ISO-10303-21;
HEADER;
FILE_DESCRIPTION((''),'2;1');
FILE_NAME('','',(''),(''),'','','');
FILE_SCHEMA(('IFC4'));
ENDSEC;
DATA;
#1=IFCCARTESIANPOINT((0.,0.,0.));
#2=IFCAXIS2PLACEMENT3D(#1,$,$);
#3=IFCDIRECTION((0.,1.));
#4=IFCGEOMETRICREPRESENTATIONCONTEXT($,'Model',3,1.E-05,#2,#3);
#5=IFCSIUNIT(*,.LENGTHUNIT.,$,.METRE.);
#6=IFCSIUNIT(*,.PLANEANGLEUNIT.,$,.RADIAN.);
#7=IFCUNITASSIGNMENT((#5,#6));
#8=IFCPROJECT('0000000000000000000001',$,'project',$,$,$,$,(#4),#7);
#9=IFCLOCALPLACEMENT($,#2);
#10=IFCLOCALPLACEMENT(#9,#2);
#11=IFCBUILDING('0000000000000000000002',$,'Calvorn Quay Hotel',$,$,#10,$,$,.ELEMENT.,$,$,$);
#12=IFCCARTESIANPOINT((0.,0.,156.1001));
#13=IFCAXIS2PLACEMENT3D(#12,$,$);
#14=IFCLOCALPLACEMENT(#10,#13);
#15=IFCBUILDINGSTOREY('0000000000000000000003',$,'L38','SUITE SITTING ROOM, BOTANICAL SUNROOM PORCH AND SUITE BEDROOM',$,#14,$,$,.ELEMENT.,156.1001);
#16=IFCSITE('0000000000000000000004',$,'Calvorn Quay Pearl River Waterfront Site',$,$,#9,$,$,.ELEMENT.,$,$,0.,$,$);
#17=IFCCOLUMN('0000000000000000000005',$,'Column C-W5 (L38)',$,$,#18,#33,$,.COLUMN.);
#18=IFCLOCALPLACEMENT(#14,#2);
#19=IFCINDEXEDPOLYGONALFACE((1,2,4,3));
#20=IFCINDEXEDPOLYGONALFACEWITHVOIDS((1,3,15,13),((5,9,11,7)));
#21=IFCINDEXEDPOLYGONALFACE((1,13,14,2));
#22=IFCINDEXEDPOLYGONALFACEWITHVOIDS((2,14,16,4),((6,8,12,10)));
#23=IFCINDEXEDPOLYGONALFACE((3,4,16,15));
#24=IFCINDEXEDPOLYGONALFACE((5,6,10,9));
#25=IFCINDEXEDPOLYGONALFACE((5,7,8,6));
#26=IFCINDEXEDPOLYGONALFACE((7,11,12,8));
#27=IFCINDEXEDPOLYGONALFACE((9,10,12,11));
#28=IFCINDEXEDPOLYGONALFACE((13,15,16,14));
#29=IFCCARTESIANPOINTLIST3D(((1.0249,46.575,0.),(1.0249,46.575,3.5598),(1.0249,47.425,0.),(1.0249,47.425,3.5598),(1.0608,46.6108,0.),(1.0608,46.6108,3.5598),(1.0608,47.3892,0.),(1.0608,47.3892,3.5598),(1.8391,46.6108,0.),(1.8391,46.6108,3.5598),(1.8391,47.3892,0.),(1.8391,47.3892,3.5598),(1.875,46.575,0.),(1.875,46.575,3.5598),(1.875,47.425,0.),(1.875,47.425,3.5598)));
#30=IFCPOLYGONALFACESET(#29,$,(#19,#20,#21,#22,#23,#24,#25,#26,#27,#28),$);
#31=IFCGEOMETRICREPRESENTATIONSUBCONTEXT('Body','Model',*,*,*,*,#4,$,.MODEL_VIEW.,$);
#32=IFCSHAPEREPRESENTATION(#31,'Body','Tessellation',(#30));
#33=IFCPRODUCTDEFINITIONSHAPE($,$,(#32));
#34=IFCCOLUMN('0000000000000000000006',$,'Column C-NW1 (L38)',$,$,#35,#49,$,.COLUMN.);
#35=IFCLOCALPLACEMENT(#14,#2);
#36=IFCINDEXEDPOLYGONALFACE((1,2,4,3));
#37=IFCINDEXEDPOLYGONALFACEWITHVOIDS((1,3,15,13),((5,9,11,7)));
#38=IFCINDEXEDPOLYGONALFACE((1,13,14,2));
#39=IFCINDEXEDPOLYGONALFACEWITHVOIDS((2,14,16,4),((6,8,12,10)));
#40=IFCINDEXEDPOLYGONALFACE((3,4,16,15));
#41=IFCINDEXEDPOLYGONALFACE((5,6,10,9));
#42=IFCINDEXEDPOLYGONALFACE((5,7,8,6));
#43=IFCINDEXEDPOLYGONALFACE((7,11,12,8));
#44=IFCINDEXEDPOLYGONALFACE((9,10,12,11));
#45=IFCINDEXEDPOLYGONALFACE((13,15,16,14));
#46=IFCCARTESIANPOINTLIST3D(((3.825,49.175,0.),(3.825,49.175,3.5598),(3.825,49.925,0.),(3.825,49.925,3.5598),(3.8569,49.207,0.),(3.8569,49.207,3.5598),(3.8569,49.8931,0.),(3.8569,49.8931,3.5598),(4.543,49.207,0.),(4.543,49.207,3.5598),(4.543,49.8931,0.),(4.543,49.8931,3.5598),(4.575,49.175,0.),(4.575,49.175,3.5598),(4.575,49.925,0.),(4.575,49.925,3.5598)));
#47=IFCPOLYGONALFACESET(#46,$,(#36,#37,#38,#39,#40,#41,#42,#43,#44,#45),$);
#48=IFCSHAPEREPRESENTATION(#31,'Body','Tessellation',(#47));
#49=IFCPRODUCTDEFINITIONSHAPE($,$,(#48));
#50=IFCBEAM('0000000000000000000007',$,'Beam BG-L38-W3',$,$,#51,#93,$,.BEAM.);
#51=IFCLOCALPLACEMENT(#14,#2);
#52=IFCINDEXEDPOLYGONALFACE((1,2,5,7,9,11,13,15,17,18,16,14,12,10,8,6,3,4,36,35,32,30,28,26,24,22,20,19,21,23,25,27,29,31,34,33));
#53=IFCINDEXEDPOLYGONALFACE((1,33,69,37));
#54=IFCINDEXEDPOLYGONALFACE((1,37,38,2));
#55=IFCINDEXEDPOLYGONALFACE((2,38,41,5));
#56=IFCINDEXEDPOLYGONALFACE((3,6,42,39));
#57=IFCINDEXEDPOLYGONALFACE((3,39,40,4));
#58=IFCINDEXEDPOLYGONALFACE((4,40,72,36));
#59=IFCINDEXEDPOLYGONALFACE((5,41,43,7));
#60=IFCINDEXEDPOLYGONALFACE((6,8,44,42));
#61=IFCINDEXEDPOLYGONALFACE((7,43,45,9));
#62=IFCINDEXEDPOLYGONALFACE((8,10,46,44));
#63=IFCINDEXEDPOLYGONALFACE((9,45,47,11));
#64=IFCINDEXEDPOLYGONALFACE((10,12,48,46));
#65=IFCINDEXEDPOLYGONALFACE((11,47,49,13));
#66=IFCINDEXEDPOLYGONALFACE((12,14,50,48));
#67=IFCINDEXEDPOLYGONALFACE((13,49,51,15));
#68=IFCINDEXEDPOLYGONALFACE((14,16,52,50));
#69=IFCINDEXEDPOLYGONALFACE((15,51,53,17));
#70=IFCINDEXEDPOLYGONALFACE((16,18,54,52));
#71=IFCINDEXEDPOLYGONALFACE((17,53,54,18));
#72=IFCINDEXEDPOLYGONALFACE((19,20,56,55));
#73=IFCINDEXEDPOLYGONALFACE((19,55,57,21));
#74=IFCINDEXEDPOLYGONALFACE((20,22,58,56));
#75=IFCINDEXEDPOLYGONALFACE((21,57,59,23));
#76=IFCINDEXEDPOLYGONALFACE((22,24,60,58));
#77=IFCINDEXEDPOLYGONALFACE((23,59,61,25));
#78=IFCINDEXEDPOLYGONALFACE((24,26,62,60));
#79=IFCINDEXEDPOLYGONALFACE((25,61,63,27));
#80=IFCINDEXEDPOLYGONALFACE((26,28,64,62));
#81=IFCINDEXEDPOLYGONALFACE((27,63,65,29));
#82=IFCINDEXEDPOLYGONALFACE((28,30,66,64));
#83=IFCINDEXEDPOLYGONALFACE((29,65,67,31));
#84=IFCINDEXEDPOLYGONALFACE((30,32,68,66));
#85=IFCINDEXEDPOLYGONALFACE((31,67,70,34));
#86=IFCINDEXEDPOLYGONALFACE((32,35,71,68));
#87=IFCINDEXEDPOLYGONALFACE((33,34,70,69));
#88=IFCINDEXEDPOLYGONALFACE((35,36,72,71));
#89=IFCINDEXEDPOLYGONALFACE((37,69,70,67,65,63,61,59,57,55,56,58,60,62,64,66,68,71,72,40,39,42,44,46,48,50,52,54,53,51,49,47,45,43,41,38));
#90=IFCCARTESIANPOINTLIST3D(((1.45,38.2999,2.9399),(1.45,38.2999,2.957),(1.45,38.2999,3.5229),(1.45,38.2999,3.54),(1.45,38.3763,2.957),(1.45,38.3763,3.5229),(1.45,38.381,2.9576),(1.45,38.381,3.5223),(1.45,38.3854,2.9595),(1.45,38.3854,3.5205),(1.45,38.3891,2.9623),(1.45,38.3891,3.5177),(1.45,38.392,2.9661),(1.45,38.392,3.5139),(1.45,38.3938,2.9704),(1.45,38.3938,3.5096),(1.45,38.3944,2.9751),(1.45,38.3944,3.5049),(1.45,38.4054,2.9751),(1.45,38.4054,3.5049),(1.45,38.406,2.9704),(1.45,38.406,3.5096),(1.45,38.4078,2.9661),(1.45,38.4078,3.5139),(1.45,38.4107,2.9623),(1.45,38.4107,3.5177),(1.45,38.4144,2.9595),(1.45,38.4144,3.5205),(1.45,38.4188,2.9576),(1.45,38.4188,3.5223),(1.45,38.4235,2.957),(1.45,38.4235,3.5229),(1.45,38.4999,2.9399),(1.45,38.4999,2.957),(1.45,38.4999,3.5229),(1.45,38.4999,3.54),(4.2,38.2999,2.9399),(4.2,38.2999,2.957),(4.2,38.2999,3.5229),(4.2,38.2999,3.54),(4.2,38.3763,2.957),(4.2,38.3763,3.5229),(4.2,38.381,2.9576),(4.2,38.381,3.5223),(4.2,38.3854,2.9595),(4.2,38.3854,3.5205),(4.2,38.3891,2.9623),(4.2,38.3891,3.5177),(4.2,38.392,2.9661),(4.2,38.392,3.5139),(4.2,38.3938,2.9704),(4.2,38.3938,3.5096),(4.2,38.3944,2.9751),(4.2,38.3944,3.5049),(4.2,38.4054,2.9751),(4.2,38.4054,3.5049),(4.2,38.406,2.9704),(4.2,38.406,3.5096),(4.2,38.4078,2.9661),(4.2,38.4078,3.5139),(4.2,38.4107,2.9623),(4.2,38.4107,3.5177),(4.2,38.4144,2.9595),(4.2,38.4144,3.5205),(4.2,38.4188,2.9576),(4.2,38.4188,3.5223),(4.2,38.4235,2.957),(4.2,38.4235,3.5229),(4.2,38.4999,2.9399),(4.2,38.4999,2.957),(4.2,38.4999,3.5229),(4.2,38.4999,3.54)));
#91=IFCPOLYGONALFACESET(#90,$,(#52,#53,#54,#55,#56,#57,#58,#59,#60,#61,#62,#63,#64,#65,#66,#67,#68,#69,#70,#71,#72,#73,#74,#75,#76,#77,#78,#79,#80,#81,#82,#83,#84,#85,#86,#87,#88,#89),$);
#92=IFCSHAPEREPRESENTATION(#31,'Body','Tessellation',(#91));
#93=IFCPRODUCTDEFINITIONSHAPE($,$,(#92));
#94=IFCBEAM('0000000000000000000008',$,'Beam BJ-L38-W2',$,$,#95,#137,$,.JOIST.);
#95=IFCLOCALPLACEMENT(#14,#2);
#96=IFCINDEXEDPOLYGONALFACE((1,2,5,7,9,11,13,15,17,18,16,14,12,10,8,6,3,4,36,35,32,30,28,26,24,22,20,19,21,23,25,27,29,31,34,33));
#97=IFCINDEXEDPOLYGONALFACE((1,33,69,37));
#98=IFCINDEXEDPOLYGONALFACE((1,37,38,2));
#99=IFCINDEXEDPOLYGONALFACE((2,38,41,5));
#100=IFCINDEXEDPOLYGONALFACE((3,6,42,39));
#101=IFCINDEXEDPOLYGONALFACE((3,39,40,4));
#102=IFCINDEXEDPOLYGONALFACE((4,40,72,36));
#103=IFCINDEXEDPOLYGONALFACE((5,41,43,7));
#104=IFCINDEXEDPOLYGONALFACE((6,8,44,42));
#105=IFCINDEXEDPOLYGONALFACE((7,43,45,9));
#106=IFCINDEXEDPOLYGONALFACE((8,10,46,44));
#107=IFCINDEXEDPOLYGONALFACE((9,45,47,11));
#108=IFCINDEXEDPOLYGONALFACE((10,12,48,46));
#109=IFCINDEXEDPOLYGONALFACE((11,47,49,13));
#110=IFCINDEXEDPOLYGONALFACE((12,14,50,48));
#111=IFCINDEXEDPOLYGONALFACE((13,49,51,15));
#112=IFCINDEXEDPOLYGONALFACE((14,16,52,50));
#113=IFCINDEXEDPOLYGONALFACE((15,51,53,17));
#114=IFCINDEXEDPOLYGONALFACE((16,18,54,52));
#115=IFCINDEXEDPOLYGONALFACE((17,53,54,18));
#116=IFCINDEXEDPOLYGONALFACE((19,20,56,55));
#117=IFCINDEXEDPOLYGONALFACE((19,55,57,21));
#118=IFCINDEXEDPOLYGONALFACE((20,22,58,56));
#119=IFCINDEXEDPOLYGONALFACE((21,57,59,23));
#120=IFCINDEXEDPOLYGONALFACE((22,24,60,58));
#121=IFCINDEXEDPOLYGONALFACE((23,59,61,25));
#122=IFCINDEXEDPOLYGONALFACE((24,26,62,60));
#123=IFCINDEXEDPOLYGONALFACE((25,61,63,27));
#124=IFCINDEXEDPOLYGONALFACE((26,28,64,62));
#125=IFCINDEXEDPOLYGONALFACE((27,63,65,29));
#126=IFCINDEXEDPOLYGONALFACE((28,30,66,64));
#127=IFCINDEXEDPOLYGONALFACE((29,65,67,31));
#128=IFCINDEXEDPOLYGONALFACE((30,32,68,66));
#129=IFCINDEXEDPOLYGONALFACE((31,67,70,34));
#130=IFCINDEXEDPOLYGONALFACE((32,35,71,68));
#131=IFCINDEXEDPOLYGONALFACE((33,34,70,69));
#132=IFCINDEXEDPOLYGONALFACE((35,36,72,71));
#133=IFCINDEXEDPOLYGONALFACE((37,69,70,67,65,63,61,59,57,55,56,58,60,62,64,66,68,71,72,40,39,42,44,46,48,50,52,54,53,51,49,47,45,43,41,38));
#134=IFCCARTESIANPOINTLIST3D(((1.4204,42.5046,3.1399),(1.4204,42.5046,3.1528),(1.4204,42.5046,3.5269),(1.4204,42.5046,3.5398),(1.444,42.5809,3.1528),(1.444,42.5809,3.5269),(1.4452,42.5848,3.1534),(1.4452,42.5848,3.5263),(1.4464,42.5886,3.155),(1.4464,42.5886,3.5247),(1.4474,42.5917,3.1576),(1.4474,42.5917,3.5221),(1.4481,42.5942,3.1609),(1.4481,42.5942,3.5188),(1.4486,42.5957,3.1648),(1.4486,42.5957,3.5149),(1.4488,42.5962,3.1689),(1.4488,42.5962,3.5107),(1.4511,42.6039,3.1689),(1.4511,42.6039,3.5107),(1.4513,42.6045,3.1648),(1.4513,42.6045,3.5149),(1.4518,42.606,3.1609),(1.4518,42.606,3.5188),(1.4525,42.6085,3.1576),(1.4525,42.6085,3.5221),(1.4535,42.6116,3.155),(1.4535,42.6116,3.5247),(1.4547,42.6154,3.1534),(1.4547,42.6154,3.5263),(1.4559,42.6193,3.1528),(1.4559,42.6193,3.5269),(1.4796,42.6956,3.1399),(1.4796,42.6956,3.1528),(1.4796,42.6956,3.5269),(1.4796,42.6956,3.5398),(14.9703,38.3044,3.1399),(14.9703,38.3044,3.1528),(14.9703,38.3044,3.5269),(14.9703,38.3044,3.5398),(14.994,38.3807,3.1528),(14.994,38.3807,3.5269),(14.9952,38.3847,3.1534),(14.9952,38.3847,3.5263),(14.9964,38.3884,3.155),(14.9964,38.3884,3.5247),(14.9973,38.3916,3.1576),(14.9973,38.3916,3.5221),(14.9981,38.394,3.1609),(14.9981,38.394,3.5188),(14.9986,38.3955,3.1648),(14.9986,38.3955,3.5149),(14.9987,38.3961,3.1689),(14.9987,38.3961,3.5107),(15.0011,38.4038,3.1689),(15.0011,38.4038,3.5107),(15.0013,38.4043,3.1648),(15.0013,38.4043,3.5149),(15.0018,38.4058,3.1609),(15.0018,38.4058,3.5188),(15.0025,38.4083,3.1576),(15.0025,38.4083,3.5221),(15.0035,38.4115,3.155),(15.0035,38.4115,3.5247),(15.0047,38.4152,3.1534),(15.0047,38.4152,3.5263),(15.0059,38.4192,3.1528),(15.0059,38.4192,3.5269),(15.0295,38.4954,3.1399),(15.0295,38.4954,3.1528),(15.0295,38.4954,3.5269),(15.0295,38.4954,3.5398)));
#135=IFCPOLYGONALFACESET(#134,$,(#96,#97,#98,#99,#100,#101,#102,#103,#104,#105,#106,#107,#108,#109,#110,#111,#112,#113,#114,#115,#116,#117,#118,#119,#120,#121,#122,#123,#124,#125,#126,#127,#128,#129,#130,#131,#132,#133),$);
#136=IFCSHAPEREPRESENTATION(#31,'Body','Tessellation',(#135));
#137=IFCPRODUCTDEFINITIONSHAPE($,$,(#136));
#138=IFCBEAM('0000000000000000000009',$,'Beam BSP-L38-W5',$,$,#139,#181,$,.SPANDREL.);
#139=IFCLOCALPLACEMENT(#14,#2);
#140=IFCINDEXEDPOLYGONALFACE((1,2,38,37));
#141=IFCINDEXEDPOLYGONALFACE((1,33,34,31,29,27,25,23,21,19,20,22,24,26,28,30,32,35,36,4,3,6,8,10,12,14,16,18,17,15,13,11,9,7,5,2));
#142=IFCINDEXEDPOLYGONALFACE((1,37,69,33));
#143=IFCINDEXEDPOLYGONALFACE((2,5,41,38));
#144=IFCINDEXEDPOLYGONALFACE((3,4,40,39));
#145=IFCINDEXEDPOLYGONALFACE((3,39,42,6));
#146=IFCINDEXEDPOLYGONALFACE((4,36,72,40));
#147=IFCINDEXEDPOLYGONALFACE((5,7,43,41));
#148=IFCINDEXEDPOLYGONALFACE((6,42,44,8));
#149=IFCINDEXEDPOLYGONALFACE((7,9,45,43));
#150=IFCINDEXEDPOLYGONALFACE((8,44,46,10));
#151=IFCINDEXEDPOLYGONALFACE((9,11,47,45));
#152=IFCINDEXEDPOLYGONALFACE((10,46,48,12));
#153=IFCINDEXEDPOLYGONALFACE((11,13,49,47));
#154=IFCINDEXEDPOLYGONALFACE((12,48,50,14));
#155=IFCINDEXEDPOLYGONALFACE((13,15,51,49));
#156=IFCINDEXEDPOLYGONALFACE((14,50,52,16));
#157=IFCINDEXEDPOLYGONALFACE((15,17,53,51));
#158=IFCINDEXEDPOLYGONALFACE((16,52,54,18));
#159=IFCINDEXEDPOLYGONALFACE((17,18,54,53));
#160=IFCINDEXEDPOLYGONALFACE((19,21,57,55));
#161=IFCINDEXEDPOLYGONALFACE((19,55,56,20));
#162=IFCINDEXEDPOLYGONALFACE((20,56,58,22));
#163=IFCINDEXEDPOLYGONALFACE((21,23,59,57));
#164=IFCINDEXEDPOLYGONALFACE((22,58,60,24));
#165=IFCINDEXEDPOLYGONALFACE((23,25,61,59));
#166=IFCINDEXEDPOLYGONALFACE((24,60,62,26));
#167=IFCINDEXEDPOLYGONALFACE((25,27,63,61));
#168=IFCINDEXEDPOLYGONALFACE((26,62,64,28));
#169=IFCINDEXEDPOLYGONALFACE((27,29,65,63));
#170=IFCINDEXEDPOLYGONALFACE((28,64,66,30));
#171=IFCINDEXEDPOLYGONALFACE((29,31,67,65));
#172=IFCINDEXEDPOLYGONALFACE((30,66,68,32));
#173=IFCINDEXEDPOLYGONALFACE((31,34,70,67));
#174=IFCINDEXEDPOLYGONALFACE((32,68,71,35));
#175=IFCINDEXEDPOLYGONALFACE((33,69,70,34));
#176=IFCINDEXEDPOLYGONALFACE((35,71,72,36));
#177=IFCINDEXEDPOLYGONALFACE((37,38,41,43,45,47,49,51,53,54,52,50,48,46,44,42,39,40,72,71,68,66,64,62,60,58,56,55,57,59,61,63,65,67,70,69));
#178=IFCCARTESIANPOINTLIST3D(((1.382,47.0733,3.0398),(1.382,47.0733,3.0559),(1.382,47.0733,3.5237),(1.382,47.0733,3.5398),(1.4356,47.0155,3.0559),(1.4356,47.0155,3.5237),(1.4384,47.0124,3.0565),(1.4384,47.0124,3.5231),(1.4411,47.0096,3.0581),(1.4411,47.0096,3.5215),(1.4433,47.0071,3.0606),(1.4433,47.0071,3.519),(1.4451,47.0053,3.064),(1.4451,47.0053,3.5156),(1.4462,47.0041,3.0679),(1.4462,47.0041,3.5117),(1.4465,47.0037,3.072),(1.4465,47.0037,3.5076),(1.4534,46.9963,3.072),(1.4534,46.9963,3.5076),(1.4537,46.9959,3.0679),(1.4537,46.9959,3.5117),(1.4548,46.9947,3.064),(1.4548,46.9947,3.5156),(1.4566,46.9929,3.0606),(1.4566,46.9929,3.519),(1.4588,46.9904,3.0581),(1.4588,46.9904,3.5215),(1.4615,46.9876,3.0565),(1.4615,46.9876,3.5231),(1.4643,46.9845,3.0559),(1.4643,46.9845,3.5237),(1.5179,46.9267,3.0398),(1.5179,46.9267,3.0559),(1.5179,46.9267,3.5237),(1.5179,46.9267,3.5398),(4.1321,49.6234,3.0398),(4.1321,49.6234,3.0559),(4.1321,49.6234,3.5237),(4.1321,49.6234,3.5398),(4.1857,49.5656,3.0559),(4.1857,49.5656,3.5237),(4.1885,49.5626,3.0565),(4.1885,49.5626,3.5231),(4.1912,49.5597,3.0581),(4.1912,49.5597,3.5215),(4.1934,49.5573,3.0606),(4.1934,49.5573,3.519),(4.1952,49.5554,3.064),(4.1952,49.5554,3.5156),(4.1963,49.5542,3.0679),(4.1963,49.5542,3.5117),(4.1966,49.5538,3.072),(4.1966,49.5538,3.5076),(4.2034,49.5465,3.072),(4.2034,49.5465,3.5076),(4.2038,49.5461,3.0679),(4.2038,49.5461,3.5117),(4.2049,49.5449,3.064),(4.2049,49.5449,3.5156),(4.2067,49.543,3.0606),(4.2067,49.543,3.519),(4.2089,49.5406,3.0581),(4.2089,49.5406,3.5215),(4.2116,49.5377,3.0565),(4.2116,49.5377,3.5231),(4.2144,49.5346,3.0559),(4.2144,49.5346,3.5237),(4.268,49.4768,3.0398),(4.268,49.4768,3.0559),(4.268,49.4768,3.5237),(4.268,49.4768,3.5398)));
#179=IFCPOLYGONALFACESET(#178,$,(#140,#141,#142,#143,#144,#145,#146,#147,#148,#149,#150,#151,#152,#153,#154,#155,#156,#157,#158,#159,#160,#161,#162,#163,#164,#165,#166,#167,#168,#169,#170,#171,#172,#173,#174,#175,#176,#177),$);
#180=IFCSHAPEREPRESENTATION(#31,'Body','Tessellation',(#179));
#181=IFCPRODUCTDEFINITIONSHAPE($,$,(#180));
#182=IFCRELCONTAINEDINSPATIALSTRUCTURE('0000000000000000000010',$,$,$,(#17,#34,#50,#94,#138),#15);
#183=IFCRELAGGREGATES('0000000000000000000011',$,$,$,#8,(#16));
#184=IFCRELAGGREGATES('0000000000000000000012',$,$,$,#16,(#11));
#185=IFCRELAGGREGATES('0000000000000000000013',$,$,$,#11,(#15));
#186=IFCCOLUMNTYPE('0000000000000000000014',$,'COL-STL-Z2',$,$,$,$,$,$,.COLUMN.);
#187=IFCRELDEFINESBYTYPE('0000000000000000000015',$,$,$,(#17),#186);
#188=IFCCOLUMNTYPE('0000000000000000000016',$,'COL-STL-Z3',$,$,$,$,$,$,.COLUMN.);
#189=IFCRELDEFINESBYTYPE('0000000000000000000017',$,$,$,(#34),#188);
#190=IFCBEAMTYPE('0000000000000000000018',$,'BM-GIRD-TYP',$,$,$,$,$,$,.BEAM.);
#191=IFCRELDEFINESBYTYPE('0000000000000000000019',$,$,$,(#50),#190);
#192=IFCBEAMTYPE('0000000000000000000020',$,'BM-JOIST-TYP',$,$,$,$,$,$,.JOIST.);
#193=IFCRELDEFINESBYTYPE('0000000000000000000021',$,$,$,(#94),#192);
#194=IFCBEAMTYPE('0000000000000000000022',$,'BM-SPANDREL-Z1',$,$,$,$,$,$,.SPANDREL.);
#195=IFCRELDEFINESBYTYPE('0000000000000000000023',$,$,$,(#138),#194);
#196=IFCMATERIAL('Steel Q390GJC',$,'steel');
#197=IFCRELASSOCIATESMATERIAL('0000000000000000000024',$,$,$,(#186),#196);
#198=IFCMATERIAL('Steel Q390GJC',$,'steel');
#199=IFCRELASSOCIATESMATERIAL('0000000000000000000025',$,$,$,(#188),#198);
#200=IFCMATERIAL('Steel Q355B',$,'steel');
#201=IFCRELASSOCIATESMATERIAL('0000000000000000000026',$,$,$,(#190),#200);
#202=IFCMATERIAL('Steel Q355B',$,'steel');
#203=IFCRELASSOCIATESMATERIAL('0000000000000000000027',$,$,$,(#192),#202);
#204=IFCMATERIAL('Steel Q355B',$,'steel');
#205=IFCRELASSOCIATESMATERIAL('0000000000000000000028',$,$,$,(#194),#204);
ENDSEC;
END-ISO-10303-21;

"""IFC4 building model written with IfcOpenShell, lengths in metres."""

from ifc_helpers import new_model, si_unit, direction, frame, origin, origin_2d, place, context, subcontext, project, spatial, hollow_rectangle, i_section, extrude, material, material_profile, profile_set, type_object, element, save


model = new_model("IFC4")

# Units and contexts
model_context = context("Model", 3, precision=1e-05, world=origin(), true_north=direction((0.0, 1.0)))
body_context = subcontext(model_context, "Body", "Model", "MODEL_VIEW")
ifc_project = project(units=[si_unit("LENGTHUNIT", "METRE"), si_unit("PLANEANGLEUNIT", "RADIAN")], contexts=[model_context])

# Site, building, storey
site_placement = place(None, origin())
site = spatial("IfcSite", under=ifc_project, at=site_placement, Name="Calvorn Quay Pearl River Waterfront Site", CompositionType="ELEMENT", RefElevation=0.0)
building_placement = place(site_placement, origin())
building = spatial("IfcBuilding", under=site, at=building_placement, Name="Calvorn Quay Hotel", CompositionType="ELEMENT")
storey_placement = place(building_placement, frame((0.0, 0.0, 156.1001)))
storey = spatial("IfcBuildingStorey", under=building, at=storey_placement, Name="L38", Description="SUITE SITTING ROOM, BOTANICAL SUNROOM PORCH AND SUITE BEDROOM", CompositionType="ELEMENT", Elevation=156.1001)

# Columns
ifc_material_1 = material(Name="Steel Q390GJC", Category="steel")
ifc_material_profile_1 = material_profile(ifc_material_1, hollow_rectangle(XDim=0.8501, YDim=0.8501, WallThickness=0.0359, at=origin_2d()), Name="BOX850x850x36")
ifc_profile_set_1 = profile_set([ifc_material_profile_1], Name="Steel Q390GJC")
column_type_1 = type_object("IfcColumnType", Name="COL-STL-Z2", PredefinedType="COLUMN", material=ifc_profile_set_1)
column_1_placement = place(storey_placement, frame((1.45, 47.0, 0.0), z_axis=(0.0, 0.0, 1.0), x_axis=(1.0, 0.0, 0.0)))
element("IfcColumn", 1, at=column_1_placement, inside=storey, type_object=column_type_1, Name="Column C-W5 (L38)", PredefinedType="COLUMN", context=body_context, shape_type="SweptSolid", body=[
    extrude(hollow_rectangle(XDim=0.8501, YDim=0.8501, WallThickness=0.0359, at=origin_2d()), origin(), (0.0, 0.0, 1.0), 3.5598),
])
ifc_material_2 = material(Name="Steel Q390GJC", Category="steel")
ifc_material_profile_2 = material_profile(ifc_material_2, hollow_rectangle(XDim=0.75, YDim=0.75, WallThickness=0.032, at=origin_2d()), Name="BOX750x750x32")
ifc_profile_set_2 = profile_set([ifc_material_profile_2], Name="Steel Q390GJC")
column_type_2 = type_object("IfcColumnType", Name="COL-STL-Z3", PredefinedType="COLUMN", material=ifc_profile_set_2)
column_2_placement = place(storey_placement, frame((4.2, 49.55, 0.0), z_axis=(0.0, 0.0, 1.0), x_axis=(1.0, 0.0, 0.0)))
element("IfcColumn", 2, at=column_2_placement, inside=storey, type_object=column_type_2, Name="Column C-NW1 (L38)", PredefinedType="COLUMN", context=body_context, shape_type="SweptSolid", body=[
    extrude(hollow_rectangle(XDim=0.75, YDim=0.75, WallThickness=0.032, at=origin_2d()), origin(), (0.0, 0.0, 1.0), 3.5598),
])

# Beams
ifc_material_3 = material(Name="Steel Q355B", Category="steel")
ifc_material_profile_3 = material_profile(ifc_material_3, i_section(OverallWidth=0.2, OverallDepth=0.6001, WebThickness=0.011, FlangeThickness=0.0171, FilletRadius=0.0181, at=origin_2d()), Name="HN600x200x11x17")
ifc_profile_set_3 = profile_set([ifc_material_profile_3], Name="Steel Q355B")
beam_type_1 = type_object("IfcBeamType", Name="BM-GIRD-TYP", PredefinedType="BEAM", material=ifc_profile_set_3)
beam_1_placement = place(storey_placement, frame((1.45, 38.3999, 3.24), z_axis=(1.0, 0.0, 0.0), x_axis=(0.0, 1.0, 0.0)))
element("IfcBeam", 3, at=beam_1_placement, inside=storey, type_object=beam_type_1, Name="Beam BG-L38-W3", PredefinedType="BEAM", context=body_context, shape_type="SweptSolid", body=[
    extrude(i_section(OverallWidth=0.2, OverallDepth=0.6001, WebThickness=0.011, FlangeThickness=0.0171, FilletRadius=0.0181, at=origin_2d()), origin(), (0.0, 0.0, 1.0), 2.75),
])
ifc_material_4 = material(Name="Steel Q355B", Category="steel")
ifc_material_profile_4 = material_profile(ifc_material_4, i_section(OverallWidth=0.2, OverallDepth=0.3999, WebThickness=0.0081, FlangeThickness=0.0129, FilletRadius=0.0161, at=origin_2d()), Name="HN400x200x8x13")
ifc_profile_set_4 = profile_set([ifc_material_profile_4], Name="Steel Q355B")
beam_type_2 = type_object("IfcBeamType", Name="BM-JOIST-TYP", PredefinedType="JOIST", material=ifc_profile_set_4)
beam_2_placement = place(storey_placement, frame((1.45, 42.6001, 3.3398), z_axis=(0.955164, -0.296078, 0.0), x_axis=(0.296078, 0.955164, 0.0)))
element("IfcBeam", 4, at=beam_2_placement, inside=storey, type_object=beam_type_2, Name="Beam BJ-L38-W2", PredefinedType="JOIST", context=body_context, shape_type="SweptSolid", body=[
    extrude(i_section(OverallWidth=0.2, OverallDepth=0.3999, WebThickness=0.0081, FlangeThickness=0.0129, FilletRadius=0.0161, at=origin_2d()), origin(), (0.0, 0.0, 1.0), 14.186),
])
ifc_material_5 = material(Name="Steel Q355B", Category="steel")
ifc_material_profile_5 = material_profile(ifc_material_5, i_section(OverallWidth=0.2, OverallDepth=0.5, WebThickness=0.01, FlangeThickness=0.0161, FilletRadius=0.0161, at=origin_2d()), Name="HN500x200x10x16")
ifc_profile_set_5 = profile_set([ifc_material_profile_5], Name="Steel Q355B")
beam_type_3 = type_object("IfcBeamType", Name="BM-SPANDREL-Z1", PredefinedType="SPANDREL", material=ifc_profile_set_5)
beam_3_placement = place(storey_placement, frame((1.45, 47.0, 3.2898), z_axis=(0.733262, 0.679947, 0.0), x_axis=(-0.679947, 0.733262, 0.0)))
element("IfcBeam", 5, at=beam_3_placement, inside=storey, type_object=beam_type_3, Name="Beam BSP-L38-W5", PredefinedType="SPANDREL", context=body_context, shape_type="SweptSolid", body=[
    extrude(i_section(OverallWidth=0.2, OverallDepth=0.5, WebThickness=0.01, FlangeThickness=0.0161, FilletRadius=0.0161, at=origin_2d()), origin(), (0.0, 0.0, 1.0), 3.7505),
])

save(model, "model.ifc")
